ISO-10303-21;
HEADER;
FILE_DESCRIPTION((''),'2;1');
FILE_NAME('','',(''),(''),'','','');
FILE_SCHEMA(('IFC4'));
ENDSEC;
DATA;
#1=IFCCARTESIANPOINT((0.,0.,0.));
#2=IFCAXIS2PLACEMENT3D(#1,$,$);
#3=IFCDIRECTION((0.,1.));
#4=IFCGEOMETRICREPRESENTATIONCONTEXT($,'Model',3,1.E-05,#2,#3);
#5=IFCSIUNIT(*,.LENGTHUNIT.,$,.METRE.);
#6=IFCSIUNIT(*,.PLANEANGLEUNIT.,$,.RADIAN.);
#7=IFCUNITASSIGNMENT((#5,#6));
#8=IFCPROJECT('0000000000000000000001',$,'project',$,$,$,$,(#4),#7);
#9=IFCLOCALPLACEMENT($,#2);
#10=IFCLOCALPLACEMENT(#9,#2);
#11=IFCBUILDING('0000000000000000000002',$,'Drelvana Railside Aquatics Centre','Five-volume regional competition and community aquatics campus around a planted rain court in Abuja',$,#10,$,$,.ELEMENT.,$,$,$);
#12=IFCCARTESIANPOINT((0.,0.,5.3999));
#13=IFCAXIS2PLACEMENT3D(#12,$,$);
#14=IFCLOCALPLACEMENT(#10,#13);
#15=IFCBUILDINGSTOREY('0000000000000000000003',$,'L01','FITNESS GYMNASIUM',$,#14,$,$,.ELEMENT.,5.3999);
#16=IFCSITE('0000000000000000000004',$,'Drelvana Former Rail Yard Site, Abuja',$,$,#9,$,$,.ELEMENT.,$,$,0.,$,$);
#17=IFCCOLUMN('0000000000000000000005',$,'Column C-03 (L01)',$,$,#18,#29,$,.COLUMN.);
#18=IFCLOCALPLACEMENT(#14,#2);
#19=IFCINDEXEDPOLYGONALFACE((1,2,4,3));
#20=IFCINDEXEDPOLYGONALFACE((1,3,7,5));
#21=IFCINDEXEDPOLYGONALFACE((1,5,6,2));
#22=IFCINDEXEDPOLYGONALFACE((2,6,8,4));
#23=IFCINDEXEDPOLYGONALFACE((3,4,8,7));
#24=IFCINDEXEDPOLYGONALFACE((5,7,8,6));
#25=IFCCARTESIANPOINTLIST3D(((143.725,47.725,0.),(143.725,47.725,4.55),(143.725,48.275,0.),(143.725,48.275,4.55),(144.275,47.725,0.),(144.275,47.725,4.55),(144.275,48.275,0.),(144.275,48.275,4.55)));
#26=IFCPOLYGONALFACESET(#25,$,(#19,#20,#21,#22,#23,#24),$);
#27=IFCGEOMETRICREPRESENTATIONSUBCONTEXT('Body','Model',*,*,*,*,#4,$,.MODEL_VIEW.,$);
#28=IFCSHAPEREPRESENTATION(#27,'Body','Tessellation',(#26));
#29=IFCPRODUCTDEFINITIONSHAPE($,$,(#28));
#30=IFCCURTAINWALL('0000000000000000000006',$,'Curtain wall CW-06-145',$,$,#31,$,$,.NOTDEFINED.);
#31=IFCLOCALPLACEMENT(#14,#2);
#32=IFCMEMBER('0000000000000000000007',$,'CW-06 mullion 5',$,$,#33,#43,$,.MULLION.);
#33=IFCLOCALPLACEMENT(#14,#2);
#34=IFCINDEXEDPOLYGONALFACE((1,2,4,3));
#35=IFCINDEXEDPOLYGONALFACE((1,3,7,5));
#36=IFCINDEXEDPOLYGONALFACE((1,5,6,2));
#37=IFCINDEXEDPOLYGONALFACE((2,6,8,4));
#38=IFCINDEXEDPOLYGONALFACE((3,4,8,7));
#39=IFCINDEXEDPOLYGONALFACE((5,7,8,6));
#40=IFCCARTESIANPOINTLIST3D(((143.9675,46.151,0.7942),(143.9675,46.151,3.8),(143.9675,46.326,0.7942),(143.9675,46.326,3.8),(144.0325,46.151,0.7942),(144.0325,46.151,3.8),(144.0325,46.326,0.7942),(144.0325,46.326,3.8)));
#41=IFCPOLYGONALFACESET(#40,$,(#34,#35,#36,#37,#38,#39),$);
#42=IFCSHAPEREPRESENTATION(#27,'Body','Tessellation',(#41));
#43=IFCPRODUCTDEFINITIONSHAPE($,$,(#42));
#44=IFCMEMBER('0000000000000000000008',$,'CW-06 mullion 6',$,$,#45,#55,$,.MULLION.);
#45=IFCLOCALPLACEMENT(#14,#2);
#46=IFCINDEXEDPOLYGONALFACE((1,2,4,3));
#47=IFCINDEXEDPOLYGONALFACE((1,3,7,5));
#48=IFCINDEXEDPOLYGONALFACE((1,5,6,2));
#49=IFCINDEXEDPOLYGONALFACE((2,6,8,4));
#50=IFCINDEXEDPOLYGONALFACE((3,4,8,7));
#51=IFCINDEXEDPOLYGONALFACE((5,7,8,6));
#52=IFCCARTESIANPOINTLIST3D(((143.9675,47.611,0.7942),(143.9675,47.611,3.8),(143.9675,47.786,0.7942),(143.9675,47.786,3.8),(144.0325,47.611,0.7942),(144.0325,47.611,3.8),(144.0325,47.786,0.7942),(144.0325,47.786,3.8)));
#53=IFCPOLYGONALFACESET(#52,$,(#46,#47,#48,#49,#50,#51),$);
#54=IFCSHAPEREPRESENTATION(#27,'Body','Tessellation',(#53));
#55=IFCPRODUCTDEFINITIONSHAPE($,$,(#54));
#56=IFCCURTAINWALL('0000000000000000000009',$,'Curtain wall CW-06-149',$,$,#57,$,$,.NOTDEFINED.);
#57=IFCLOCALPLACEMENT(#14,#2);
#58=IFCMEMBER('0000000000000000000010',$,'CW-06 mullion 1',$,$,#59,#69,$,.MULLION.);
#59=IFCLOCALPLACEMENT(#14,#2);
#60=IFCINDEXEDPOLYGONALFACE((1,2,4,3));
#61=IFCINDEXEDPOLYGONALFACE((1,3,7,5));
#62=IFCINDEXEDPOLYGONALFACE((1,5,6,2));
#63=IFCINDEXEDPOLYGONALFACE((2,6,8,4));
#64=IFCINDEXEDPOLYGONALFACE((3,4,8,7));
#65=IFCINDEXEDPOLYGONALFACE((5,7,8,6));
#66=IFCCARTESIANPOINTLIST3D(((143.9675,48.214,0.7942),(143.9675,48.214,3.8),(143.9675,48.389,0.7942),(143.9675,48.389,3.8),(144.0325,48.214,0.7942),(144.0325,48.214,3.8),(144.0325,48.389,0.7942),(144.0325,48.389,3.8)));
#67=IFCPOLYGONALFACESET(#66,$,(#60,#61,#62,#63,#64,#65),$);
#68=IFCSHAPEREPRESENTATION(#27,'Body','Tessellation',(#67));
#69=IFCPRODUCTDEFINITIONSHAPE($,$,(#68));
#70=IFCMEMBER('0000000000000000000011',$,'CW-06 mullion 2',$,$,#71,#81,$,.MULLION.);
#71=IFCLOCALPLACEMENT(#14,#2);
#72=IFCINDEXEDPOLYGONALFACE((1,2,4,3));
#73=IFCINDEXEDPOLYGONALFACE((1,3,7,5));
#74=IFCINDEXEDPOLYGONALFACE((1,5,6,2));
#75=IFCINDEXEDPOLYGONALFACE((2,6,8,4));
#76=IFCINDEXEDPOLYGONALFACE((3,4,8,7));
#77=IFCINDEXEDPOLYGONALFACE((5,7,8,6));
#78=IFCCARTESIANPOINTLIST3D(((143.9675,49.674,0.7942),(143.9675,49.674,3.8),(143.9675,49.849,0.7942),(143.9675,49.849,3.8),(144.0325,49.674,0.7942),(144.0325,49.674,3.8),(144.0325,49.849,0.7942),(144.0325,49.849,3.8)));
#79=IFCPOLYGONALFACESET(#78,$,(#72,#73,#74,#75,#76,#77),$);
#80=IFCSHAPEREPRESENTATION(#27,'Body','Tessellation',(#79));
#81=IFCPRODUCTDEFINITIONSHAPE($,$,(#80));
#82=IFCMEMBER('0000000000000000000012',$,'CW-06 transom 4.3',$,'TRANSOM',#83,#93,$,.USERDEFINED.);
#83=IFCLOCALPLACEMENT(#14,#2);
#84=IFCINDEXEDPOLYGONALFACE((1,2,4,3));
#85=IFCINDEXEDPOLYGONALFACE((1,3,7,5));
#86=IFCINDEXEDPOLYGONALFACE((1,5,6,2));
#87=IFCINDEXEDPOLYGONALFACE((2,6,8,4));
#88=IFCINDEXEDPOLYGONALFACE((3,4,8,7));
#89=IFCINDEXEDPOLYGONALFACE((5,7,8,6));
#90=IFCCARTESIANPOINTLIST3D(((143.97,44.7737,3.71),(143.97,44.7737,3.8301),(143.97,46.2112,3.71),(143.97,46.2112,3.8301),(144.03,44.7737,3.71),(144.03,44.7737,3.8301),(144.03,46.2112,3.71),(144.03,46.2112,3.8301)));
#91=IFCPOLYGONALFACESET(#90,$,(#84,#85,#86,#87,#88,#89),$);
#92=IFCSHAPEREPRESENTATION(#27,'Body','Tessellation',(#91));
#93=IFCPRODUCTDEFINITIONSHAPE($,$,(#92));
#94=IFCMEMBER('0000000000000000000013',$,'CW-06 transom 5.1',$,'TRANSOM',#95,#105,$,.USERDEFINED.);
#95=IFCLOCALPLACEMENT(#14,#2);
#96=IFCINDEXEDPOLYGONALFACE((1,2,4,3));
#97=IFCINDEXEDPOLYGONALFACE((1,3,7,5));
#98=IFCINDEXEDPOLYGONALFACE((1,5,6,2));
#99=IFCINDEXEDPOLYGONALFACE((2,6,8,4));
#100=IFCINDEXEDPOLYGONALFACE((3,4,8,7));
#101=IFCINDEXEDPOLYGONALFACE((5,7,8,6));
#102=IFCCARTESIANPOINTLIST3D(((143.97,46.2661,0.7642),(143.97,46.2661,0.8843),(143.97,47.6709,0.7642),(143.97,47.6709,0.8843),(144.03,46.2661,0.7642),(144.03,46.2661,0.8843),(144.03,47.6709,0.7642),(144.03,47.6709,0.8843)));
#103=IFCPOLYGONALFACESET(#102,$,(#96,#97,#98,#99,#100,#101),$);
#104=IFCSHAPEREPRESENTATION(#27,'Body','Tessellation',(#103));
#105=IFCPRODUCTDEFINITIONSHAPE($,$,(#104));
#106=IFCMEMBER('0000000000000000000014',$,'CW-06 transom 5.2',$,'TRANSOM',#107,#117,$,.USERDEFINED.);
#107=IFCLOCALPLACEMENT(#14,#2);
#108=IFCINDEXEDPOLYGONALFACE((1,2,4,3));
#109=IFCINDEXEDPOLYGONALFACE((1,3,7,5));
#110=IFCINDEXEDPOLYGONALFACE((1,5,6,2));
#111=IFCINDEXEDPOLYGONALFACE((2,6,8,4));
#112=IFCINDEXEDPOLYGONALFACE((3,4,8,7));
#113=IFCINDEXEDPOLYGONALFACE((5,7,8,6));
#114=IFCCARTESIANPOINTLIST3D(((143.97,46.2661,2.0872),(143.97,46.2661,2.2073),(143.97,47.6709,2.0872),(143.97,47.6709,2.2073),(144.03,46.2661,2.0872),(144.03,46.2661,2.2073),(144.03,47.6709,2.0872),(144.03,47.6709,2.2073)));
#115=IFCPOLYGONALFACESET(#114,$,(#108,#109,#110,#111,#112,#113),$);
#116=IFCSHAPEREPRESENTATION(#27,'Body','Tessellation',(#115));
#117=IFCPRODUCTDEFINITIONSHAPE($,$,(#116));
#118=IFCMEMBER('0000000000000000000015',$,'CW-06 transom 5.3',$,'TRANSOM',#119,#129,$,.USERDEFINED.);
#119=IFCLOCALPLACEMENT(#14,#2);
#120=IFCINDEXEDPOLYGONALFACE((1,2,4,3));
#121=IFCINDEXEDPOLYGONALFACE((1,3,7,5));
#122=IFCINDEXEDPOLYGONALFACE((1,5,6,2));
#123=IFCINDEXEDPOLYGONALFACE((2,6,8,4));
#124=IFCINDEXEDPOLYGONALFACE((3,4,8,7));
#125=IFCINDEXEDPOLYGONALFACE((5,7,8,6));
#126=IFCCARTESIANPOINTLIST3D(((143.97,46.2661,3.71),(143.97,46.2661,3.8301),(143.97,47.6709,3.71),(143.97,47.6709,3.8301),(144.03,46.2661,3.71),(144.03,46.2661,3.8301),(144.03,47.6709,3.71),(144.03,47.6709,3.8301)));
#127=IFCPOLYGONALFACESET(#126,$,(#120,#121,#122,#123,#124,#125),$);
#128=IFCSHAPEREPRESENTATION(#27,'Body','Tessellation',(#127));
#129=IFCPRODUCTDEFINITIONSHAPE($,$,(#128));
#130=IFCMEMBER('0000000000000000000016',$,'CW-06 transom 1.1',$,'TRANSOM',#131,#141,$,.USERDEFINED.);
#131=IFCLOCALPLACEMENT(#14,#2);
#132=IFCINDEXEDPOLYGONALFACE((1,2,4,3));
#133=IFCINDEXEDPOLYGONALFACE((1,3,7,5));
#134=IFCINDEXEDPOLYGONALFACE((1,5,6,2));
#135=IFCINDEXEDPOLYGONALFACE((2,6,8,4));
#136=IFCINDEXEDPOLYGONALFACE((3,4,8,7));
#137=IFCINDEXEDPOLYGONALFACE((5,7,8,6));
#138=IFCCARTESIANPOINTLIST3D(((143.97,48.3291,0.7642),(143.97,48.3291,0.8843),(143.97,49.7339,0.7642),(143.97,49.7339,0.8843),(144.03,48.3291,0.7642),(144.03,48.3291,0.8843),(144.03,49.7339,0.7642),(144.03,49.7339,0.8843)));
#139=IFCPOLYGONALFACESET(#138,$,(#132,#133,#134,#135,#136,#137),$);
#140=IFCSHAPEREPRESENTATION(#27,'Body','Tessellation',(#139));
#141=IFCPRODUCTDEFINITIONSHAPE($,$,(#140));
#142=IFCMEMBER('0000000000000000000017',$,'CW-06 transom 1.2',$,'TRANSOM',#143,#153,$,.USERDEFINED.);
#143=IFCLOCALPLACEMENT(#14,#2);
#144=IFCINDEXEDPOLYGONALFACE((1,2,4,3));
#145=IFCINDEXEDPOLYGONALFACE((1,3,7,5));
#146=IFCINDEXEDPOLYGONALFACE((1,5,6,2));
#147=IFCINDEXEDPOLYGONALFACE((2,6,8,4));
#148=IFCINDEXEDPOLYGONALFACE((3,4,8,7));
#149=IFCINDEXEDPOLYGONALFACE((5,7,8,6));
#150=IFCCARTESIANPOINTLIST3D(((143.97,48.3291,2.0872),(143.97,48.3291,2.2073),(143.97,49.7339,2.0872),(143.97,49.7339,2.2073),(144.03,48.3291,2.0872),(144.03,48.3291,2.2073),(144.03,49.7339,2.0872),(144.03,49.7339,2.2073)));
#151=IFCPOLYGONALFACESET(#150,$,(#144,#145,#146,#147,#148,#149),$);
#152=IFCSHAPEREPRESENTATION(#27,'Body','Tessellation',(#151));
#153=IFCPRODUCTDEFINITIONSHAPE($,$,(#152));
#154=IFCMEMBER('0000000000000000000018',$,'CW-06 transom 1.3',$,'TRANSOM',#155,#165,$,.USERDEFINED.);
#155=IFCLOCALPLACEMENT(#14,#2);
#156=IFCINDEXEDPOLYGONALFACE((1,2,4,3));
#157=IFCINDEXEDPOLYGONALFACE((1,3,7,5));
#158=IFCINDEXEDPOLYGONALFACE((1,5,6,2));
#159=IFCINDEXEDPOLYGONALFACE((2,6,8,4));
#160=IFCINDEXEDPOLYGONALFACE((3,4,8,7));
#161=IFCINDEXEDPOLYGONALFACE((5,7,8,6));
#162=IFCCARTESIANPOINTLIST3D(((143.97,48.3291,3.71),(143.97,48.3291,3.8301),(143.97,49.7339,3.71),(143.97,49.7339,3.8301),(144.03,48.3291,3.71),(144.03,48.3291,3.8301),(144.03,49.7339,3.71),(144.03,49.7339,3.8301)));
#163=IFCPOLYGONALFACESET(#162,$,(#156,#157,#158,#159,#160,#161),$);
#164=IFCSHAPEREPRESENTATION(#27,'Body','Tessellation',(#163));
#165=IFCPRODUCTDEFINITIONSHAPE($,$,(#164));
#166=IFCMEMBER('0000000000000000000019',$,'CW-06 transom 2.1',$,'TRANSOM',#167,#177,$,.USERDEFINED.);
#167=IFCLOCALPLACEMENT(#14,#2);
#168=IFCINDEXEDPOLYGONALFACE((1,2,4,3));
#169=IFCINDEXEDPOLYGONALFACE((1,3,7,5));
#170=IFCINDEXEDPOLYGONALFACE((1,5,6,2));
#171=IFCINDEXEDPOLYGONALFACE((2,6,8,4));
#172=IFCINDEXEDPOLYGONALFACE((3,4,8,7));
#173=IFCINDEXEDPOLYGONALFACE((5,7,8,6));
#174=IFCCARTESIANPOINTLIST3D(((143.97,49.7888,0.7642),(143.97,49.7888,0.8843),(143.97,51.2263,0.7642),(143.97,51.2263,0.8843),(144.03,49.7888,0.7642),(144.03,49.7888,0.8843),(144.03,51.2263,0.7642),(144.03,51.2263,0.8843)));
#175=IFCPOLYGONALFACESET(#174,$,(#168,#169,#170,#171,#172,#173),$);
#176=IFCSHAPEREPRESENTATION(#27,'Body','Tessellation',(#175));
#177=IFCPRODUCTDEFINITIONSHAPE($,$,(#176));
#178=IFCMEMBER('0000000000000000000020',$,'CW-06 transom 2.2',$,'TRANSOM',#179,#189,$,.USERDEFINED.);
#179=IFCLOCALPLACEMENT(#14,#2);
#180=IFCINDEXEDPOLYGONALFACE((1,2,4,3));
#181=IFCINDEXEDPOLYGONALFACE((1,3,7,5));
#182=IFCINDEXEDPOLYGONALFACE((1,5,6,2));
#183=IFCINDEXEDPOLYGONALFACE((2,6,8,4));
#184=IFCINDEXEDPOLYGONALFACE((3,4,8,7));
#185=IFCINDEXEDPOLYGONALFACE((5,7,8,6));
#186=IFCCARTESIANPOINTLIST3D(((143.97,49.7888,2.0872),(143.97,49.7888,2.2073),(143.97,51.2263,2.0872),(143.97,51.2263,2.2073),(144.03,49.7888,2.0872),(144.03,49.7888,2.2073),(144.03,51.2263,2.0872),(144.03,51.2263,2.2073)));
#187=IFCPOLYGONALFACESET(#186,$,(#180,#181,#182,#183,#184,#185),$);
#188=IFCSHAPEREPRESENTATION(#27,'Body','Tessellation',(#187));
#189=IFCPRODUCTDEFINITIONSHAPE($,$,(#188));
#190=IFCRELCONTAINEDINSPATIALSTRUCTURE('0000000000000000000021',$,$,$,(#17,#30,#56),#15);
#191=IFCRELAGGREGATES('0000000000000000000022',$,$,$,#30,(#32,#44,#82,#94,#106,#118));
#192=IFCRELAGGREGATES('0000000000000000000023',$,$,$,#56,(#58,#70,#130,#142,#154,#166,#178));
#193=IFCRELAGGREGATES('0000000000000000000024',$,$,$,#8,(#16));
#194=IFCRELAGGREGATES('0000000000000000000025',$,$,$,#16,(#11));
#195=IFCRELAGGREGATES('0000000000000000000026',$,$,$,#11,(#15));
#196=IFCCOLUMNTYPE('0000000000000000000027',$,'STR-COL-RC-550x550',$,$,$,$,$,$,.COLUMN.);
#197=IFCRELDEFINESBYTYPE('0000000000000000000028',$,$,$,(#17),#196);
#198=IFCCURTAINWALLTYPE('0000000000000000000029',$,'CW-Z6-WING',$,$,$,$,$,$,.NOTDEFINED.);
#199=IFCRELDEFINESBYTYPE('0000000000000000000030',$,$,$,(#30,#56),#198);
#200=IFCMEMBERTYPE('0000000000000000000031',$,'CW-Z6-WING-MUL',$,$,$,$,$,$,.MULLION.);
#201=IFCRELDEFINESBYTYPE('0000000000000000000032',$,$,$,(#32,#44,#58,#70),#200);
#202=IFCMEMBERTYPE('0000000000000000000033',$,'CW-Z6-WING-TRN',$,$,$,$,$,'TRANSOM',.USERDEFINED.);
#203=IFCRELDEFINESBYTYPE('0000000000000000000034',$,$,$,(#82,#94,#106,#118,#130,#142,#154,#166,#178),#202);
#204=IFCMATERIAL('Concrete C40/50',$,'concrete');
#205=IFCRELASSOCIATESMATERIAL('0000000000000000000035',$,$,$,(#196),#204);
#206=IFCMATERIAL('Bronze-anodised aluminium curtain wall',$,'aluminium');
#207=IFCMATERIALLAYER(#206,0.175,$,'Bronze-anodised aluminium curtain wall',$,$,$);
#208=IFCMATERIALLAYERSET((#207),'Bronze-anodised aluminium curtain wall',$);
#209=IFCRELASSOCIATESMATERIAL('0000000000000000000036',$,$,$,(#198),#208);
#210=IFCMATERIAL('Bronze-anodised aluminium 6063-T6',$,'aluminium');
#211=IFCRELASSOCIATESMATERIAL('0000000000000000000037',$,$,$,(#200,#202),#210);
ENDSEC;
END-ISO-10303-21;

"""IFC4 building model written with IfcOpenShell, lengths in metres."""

from ifc_helpers import new_model, si_unit, direction, frame, origin, origin_2d, place, context, subcontext, project, spatial, rectangle, extrude, material, layer, layer_set, material_profile, profile_set, type_object, element, aggregate, save


model = new_model("IFC4")

# Units and contexts
model_context = context("Model", 3, precision=1e-05, world=origin(), true_north=direction((0.0, 1.0)))
body_context = subcontext(model_context, "Body", "Model", "MODEL_VIEW")
ifc_project = project(units=[si_unit("LENGTHUNIT", "METRE"), si_unit("PLANEANGLEUNIT", "RADIAN")], contexts=[model_context])

# Site, building, storey
site_placement = place(None, origin())
site = spatial("IfcSite", under=ifc_project, at=site_placement, Name="Drelvana Former Rail Yard Site, Abuja", CompositionType="ELEMENT", RefElevation=0.0)
building_placement = place(site_placement, origin())
building = spatial("IfcBuilding", under=site, at=building_placement, Name="Drelvana Railside Aquatics Centre", Description="Five-volume regional competition and community aquatics campus around a planted rain court in Abuja", CompositionType="ELEMENT")
storey_placement = place(building_placement, frame((0.0, 0.0, 5.3999)))
storey = spatial("IfcBuildingStorey", under=building, at=storey_placement, Name="L01", Description="FITNESS GYMNASIUM", CompositionType="ELEMENT", Elevation=5.3999)

# Column
ifc_material_1 = material(Name="Concrete C40/50", Category="concrete")
ifc_material_profile_1 = material_profile(ifc_material_1, rectangle(XDim=0.55, YDim=0.55, at=origin_2d()), Name="RC 550x550")
ifc_profile_set_1 = profile_set([ifc_material_profile_1], Name="Concrete C40/50")
column_type = type_object("IfcColumnType", Name="STR-COL-RC-550x550", PredefinedType="COLUMN", material=ifc_profile_set_1)
column_placement = place(storey_placement, frame((144.0, 48.0, 0.0), z_axis=(0.0, 0.0, 1.0), x_axis=(1.0, 0.0, 0.0)))
element("IfcColumn", 1, at=column_placement, inside=storey, type_object=column_type, Name="Column C-03 (L01)", PredefinedType="COLUMN", context=body_context, shape_type="SweptSolid", body=[
    extrude(rectangle(XDim=0.55, YDim=0.55, at=origin_2d()), origin(), (0.0, 0.0, 1.0), 4.55),
])

# Curtain walls, members
ifc_material_2 = material(Name="Bronze-anodised aluminium curtain wall", Category="aluminium")
ifc_layer_1 = layer(ifc_material_2, 0.175, Name="Bronze-anodised aluminium curtain wall")
ifc_layer_set_1 = layer_set([ifc_layer_1], Name="Bronze-anodised aluminium curtain wall")
curtain_wall_type = type_object("IfcCurtainWallType", Name="CW-Z6-WING", PredefinedType="NOTDEFINED", material=ifc_layer_set_1)
curtain_wall_1_placement = place(storey_placement, origin())
curtain_wall_1 = element("IfcCurtainWall", 2, at=curtain_wall_1_placement, inside=storey, type_object=curtain_wall_type, Name="Curtain wall CW-06-145", PredefinedType="NOTDEFINED")
ifc_material_3 = material(Name="Bronze-anodised aluminium 6063-T6", Category="aluminium")
ifc_material_profile_2 = material_profile(ifc_material_3, rectangle(XDim=0.0649, YDim=0.175, at=origin_2d()), Name="ALU-M 65x175")
ifc_profile_set_2 = profile_set([ifc_material_profile_2], Name="Bronze-anodised aluminium 6063-T6")
member_type_1 = type_object("IfcMemberType", Name="CW-Z6-WING-MUL", PredefinedType="MULLION", material=ifc_profile_set_2)
member_1_placement = place(storey_placement, frame((144.0, 46.2385, 0.7942), z_axis=(0.0, 0.0, 1.0), x_axis=(-1.0, 0.0, 0.0)))
member_1 = element("IfcMember", 3, at=member_1_placement, type_object=member_type_1, Name="CW-06 mullion 5", PredefinedType="MULLION", context=body_context, shape_type="SweptSolid", body=[
    extrude(rectangle(XDim=0.0649, YDim=0.175, at=origin_2d()), origin(), (0.0, 0.0, 1.0), 3.0059),
])
member_2_placement = place(storey_placement, frame((144.0, 47.6985, 0.7942), z_axis=(0.0, 0.0, 1.0), x_axis=(-1.0, 0.0, 0.0)))
member_2 = element("IfcMember", 4, at=member_2_placement, type_object=member_type_1, Name="CW-06 mullion 6", PredefinedType="MULLION", context=body_context, shape_type="SweptSolid", body=[
    extrude(rectangle(XDim=0.0649, YDim=0.175, at=origin_2d()), origin(), (0.0, 0.0, 1.0), 3.0059),
])
curtain_wall_2_placement = place(storey_placement, origin())
curtain_wall_2 = element("IfcCurtainWall", 5, at=curtain_wall_2_placement, inside=storey, type_object=curtain_wall_type, Name="Curtain wall CW-06-149", PredefinedType="NOTDEFINED")
member_3_placement = place(storey_placement, frame((144.0, 48.3015, 0.7942), z_axis=(0.0, 0.0, 1.0), x_axis=(-1.0, 0.0, 0.0)))
member_3 = element("IfcMember", 6, at=member_3_placement, type_object=member_type_1, Name="CW-06 mullion 1", PredefinedType="MULLION", context=body_context, shape_type="SweptSolid", body=[
    extrude(rectangle(XDim=0.0649, YDim=0.175, at=origin_2d()), origin(), (0.0, 0.0, 1.0), 3.0059),
])
member_4_placement = place(storey_placement, frame((144.0, 49.7615, 0.7942), z_axis=(0.0, 0.0, 1.0), x_axis=(-1.0, 0.0, 0.0)))
member_4 = element("IfcMember", 7, at=member_4_placement, type_object=member_type_1, Name="CW-06 mullion 2", PredefinedType="MULLION", context=body_context, shape_type="SweptSolid", body=[
    extrude(rectangle(XDim=0.0649, YDim=0.175, at=origin_2d()), origin(), (0.0, 0.0, 1.0), 3.0059),
])

# Members
ifc_material_profile_3 = material_profile(ifc_material_3, rectangle(XDim=0.1201, YDim=0.0601, at=origin_2d()), Name="ALU-T 60x120")
ifc_profile_set_3 = profile_set([ifc_material_profile_3], Name="Bronze-anodised aluminium 6063-T6")
member_type_2 = type_object("IfcMemberType", Name="CW-Z6-WING-TRN", ElementType="TRANSOM", PredefinedType="USERDEFINED", material=ifc_profile_set_3)
member_5_placement = place(storey_placement, frame((144.0, 44.7737, 3.77), z_axis=(0.0, 1.0, 0.0), x_axis=(0.0, 0.0, 1.0)))
member_5 = element("IfcMember", 8, at=member_5_placement, type_object=member_type_2, Name="CW-06 transom 4.3", ObjectType="TRANSOM", PredefinedType="USERDEFINED", context=body_context, shape_type="SweptSolid", body=[
    extrude(rectangle(XDim=0.1201, YDim=0.0601, at=origin_2d()), origin(), (0.0, 0.0, 1.0), 1.4375),
])
member_6_placement = place(storey_placement, frame((144.0, 46.2661, 0.8242), z_axis=(0.0, 1.0, 0.0), x_axis=(0.0, 0.0, 1.0)))
member_6 = element("IfcMember", 9, at=member_6_placement, type_object=member_type_2, Name="CW-06 transom 5.1", ObjectType="TRANSOM", PredefinedType="USERDEFINED", context=body_context, shape_type="SweptSolid", body=[
    extrude(rectangle(XDim=0.1201, YDim=0.0601, at=origin_2d()), origin(), (0.0, 0.0, 1.0), 1.4048),
])
member_7_placement = place(storey_placement, frame((144.0, 46.2661, 2.1472), z_axis=(0.0, 1.0, 0.0), x_axis=(0.0, 0.0, 1.0)))
member_7 = element("IfcMember", 10, at=member_7_placement, type_object=member_type_2, Name="CW-06 transom 5.2", ObjectType="TRANSOM", PredefinedType="USERDEFINED", context=body_context, shape_type="SweptSolid", body=[
    extrude(rectangle(XDim=0.1201, YDim=0.0601, at=origin_2d()), origin(), (0.0, 0.0, 1.0), 1.4048),
])
member_8_placement = place(storey_placement, frame((144.0, 46.2661, 3.77), z_axis=(0.0, 1.0, 0.0), x_axis=(0.0, 0.0, 1.0)))
member_8 = element("IfcMember", 11, at=member_8_placement, type_object=member_type_2, Name="CW-06 transom 5.3", ObjectType="TRANSOM", PredefinedType="USERDEFINED", context=body_context, shape_type="SweptSolid", body=[
    extrude(rectangle(XDim=0.1201, YDim=0.0601, at=origin_2d()), origin(), (0.0, 0.0, 1.0), 1.4048),
])
member_9_placement = place(storey_placement, frame((144.0, 48.3291, 0.8242), z_axis=(0.0, 1.0, 0.0), x_axis=(0.0, 0.0, 1.0)))
member_9 = element("IfcMember", 12, at=member_9_placement, type_object=member_type_2, Name="CW-06 transom 1.1", ObjectType="TRANSOM", PredefinedType="USERDEFINED", context=body_context, shape_type="SweptSolid", body=[
    extrude(rectangle(XDim=0.1201, YDim=0.0601, at=origin_2d()), origin(), (0.0, 0.0, 1.0), 1.4048),
])
member_10_placement = place(storey_placement, frame((144.0, 48.3291, 2.1472), z_axis=(0.0, 1.0, 0.0), x_axis=(0.0, 0.0, 1.0)))
member_10 = element("IfcMember", 13, at=member_10_placement, type_object=member_type_2, Name="CW-06 transom 1.2", ObjectType="TRANSOM", PredefinedType="USERDEFINED", context=body_context, shape_type="SweptSolid", body=[
    extrude(rectangle(XDim=0.1201, YDim=0.0601, at=origin_2d()), origin(), (0.0, 0.0, 1.0), 1.4048),
])
member_11_placement = place(storey_placement, frame((144.0, 48.3291, 3.77), z_axis=(0.0, 1.0, 0.0), x_axis=(0.0, 0.0, 1.0)))
member_11 = element("IfcMember", 14, at=member_11_placement, type_object=member_type_2, Name="CW-06 transom 1.3", ObjectType="TRANSOM", PredefinedType="USERDEFINED", context=body_context, shape_type="SweptSolid", body=[
    extrude(rectangle(XDim=0.1201, YDim=0.0601, at=origin_2d()), origin(), (0.0, 0.0, 1.0), 1.4048),
])
member_12_placement = place(storey_placement, frame((144.0, 49.7888, 0.8242), z_axis=(0.0, 1.0, 0.0), x_axis=(0.0, 0.0, 1.0)))
member_12 = element("IfcMember", 15, at=member_12_placement, type_object=member_type_2, Name="CW-06 transom 2.1", ObjectType="TRANSOM", PredefinedType="USERDEFINED", context=body_context, shape_type="SweptSolid", body=[
    extrude(rectangle(XDim=0.1201, YDim=0.0601, at=origin_2d()), origin(), (0.0, 0.0, 1.0), 1.4375),
])
member_13_placement = place(storey_placement, frame((144.0, 49.7888, 2.1472), z_axis=(0.0, 1.0, 0.0), x_axis=(0.0, 0.0, 1.0)))
member_13 = element("IfcMember", 16, at=member_13_placement, type_object=member_type_2, Name="CW-06 transom 2.2", ObjectType="TRANSOM", PredefinedType="USERDEFINED", context=body_context, shape_type="SweptSolid", body=[
    extrude(rectangle(XDim=0.1201, YDim=0.0601, at=origin_2d()), origin(), (0.0, 0.0, 1.0), 1.4375),
])

aggregate(curtain_wall_1, [member_1, member_2, member_5, member_6, member_7, member_8])
aggregate(curtain_wall_2, [member_3, member_4, member_9, member_10, member_11, member_12, member_13])

save(model, "model.ifc")
